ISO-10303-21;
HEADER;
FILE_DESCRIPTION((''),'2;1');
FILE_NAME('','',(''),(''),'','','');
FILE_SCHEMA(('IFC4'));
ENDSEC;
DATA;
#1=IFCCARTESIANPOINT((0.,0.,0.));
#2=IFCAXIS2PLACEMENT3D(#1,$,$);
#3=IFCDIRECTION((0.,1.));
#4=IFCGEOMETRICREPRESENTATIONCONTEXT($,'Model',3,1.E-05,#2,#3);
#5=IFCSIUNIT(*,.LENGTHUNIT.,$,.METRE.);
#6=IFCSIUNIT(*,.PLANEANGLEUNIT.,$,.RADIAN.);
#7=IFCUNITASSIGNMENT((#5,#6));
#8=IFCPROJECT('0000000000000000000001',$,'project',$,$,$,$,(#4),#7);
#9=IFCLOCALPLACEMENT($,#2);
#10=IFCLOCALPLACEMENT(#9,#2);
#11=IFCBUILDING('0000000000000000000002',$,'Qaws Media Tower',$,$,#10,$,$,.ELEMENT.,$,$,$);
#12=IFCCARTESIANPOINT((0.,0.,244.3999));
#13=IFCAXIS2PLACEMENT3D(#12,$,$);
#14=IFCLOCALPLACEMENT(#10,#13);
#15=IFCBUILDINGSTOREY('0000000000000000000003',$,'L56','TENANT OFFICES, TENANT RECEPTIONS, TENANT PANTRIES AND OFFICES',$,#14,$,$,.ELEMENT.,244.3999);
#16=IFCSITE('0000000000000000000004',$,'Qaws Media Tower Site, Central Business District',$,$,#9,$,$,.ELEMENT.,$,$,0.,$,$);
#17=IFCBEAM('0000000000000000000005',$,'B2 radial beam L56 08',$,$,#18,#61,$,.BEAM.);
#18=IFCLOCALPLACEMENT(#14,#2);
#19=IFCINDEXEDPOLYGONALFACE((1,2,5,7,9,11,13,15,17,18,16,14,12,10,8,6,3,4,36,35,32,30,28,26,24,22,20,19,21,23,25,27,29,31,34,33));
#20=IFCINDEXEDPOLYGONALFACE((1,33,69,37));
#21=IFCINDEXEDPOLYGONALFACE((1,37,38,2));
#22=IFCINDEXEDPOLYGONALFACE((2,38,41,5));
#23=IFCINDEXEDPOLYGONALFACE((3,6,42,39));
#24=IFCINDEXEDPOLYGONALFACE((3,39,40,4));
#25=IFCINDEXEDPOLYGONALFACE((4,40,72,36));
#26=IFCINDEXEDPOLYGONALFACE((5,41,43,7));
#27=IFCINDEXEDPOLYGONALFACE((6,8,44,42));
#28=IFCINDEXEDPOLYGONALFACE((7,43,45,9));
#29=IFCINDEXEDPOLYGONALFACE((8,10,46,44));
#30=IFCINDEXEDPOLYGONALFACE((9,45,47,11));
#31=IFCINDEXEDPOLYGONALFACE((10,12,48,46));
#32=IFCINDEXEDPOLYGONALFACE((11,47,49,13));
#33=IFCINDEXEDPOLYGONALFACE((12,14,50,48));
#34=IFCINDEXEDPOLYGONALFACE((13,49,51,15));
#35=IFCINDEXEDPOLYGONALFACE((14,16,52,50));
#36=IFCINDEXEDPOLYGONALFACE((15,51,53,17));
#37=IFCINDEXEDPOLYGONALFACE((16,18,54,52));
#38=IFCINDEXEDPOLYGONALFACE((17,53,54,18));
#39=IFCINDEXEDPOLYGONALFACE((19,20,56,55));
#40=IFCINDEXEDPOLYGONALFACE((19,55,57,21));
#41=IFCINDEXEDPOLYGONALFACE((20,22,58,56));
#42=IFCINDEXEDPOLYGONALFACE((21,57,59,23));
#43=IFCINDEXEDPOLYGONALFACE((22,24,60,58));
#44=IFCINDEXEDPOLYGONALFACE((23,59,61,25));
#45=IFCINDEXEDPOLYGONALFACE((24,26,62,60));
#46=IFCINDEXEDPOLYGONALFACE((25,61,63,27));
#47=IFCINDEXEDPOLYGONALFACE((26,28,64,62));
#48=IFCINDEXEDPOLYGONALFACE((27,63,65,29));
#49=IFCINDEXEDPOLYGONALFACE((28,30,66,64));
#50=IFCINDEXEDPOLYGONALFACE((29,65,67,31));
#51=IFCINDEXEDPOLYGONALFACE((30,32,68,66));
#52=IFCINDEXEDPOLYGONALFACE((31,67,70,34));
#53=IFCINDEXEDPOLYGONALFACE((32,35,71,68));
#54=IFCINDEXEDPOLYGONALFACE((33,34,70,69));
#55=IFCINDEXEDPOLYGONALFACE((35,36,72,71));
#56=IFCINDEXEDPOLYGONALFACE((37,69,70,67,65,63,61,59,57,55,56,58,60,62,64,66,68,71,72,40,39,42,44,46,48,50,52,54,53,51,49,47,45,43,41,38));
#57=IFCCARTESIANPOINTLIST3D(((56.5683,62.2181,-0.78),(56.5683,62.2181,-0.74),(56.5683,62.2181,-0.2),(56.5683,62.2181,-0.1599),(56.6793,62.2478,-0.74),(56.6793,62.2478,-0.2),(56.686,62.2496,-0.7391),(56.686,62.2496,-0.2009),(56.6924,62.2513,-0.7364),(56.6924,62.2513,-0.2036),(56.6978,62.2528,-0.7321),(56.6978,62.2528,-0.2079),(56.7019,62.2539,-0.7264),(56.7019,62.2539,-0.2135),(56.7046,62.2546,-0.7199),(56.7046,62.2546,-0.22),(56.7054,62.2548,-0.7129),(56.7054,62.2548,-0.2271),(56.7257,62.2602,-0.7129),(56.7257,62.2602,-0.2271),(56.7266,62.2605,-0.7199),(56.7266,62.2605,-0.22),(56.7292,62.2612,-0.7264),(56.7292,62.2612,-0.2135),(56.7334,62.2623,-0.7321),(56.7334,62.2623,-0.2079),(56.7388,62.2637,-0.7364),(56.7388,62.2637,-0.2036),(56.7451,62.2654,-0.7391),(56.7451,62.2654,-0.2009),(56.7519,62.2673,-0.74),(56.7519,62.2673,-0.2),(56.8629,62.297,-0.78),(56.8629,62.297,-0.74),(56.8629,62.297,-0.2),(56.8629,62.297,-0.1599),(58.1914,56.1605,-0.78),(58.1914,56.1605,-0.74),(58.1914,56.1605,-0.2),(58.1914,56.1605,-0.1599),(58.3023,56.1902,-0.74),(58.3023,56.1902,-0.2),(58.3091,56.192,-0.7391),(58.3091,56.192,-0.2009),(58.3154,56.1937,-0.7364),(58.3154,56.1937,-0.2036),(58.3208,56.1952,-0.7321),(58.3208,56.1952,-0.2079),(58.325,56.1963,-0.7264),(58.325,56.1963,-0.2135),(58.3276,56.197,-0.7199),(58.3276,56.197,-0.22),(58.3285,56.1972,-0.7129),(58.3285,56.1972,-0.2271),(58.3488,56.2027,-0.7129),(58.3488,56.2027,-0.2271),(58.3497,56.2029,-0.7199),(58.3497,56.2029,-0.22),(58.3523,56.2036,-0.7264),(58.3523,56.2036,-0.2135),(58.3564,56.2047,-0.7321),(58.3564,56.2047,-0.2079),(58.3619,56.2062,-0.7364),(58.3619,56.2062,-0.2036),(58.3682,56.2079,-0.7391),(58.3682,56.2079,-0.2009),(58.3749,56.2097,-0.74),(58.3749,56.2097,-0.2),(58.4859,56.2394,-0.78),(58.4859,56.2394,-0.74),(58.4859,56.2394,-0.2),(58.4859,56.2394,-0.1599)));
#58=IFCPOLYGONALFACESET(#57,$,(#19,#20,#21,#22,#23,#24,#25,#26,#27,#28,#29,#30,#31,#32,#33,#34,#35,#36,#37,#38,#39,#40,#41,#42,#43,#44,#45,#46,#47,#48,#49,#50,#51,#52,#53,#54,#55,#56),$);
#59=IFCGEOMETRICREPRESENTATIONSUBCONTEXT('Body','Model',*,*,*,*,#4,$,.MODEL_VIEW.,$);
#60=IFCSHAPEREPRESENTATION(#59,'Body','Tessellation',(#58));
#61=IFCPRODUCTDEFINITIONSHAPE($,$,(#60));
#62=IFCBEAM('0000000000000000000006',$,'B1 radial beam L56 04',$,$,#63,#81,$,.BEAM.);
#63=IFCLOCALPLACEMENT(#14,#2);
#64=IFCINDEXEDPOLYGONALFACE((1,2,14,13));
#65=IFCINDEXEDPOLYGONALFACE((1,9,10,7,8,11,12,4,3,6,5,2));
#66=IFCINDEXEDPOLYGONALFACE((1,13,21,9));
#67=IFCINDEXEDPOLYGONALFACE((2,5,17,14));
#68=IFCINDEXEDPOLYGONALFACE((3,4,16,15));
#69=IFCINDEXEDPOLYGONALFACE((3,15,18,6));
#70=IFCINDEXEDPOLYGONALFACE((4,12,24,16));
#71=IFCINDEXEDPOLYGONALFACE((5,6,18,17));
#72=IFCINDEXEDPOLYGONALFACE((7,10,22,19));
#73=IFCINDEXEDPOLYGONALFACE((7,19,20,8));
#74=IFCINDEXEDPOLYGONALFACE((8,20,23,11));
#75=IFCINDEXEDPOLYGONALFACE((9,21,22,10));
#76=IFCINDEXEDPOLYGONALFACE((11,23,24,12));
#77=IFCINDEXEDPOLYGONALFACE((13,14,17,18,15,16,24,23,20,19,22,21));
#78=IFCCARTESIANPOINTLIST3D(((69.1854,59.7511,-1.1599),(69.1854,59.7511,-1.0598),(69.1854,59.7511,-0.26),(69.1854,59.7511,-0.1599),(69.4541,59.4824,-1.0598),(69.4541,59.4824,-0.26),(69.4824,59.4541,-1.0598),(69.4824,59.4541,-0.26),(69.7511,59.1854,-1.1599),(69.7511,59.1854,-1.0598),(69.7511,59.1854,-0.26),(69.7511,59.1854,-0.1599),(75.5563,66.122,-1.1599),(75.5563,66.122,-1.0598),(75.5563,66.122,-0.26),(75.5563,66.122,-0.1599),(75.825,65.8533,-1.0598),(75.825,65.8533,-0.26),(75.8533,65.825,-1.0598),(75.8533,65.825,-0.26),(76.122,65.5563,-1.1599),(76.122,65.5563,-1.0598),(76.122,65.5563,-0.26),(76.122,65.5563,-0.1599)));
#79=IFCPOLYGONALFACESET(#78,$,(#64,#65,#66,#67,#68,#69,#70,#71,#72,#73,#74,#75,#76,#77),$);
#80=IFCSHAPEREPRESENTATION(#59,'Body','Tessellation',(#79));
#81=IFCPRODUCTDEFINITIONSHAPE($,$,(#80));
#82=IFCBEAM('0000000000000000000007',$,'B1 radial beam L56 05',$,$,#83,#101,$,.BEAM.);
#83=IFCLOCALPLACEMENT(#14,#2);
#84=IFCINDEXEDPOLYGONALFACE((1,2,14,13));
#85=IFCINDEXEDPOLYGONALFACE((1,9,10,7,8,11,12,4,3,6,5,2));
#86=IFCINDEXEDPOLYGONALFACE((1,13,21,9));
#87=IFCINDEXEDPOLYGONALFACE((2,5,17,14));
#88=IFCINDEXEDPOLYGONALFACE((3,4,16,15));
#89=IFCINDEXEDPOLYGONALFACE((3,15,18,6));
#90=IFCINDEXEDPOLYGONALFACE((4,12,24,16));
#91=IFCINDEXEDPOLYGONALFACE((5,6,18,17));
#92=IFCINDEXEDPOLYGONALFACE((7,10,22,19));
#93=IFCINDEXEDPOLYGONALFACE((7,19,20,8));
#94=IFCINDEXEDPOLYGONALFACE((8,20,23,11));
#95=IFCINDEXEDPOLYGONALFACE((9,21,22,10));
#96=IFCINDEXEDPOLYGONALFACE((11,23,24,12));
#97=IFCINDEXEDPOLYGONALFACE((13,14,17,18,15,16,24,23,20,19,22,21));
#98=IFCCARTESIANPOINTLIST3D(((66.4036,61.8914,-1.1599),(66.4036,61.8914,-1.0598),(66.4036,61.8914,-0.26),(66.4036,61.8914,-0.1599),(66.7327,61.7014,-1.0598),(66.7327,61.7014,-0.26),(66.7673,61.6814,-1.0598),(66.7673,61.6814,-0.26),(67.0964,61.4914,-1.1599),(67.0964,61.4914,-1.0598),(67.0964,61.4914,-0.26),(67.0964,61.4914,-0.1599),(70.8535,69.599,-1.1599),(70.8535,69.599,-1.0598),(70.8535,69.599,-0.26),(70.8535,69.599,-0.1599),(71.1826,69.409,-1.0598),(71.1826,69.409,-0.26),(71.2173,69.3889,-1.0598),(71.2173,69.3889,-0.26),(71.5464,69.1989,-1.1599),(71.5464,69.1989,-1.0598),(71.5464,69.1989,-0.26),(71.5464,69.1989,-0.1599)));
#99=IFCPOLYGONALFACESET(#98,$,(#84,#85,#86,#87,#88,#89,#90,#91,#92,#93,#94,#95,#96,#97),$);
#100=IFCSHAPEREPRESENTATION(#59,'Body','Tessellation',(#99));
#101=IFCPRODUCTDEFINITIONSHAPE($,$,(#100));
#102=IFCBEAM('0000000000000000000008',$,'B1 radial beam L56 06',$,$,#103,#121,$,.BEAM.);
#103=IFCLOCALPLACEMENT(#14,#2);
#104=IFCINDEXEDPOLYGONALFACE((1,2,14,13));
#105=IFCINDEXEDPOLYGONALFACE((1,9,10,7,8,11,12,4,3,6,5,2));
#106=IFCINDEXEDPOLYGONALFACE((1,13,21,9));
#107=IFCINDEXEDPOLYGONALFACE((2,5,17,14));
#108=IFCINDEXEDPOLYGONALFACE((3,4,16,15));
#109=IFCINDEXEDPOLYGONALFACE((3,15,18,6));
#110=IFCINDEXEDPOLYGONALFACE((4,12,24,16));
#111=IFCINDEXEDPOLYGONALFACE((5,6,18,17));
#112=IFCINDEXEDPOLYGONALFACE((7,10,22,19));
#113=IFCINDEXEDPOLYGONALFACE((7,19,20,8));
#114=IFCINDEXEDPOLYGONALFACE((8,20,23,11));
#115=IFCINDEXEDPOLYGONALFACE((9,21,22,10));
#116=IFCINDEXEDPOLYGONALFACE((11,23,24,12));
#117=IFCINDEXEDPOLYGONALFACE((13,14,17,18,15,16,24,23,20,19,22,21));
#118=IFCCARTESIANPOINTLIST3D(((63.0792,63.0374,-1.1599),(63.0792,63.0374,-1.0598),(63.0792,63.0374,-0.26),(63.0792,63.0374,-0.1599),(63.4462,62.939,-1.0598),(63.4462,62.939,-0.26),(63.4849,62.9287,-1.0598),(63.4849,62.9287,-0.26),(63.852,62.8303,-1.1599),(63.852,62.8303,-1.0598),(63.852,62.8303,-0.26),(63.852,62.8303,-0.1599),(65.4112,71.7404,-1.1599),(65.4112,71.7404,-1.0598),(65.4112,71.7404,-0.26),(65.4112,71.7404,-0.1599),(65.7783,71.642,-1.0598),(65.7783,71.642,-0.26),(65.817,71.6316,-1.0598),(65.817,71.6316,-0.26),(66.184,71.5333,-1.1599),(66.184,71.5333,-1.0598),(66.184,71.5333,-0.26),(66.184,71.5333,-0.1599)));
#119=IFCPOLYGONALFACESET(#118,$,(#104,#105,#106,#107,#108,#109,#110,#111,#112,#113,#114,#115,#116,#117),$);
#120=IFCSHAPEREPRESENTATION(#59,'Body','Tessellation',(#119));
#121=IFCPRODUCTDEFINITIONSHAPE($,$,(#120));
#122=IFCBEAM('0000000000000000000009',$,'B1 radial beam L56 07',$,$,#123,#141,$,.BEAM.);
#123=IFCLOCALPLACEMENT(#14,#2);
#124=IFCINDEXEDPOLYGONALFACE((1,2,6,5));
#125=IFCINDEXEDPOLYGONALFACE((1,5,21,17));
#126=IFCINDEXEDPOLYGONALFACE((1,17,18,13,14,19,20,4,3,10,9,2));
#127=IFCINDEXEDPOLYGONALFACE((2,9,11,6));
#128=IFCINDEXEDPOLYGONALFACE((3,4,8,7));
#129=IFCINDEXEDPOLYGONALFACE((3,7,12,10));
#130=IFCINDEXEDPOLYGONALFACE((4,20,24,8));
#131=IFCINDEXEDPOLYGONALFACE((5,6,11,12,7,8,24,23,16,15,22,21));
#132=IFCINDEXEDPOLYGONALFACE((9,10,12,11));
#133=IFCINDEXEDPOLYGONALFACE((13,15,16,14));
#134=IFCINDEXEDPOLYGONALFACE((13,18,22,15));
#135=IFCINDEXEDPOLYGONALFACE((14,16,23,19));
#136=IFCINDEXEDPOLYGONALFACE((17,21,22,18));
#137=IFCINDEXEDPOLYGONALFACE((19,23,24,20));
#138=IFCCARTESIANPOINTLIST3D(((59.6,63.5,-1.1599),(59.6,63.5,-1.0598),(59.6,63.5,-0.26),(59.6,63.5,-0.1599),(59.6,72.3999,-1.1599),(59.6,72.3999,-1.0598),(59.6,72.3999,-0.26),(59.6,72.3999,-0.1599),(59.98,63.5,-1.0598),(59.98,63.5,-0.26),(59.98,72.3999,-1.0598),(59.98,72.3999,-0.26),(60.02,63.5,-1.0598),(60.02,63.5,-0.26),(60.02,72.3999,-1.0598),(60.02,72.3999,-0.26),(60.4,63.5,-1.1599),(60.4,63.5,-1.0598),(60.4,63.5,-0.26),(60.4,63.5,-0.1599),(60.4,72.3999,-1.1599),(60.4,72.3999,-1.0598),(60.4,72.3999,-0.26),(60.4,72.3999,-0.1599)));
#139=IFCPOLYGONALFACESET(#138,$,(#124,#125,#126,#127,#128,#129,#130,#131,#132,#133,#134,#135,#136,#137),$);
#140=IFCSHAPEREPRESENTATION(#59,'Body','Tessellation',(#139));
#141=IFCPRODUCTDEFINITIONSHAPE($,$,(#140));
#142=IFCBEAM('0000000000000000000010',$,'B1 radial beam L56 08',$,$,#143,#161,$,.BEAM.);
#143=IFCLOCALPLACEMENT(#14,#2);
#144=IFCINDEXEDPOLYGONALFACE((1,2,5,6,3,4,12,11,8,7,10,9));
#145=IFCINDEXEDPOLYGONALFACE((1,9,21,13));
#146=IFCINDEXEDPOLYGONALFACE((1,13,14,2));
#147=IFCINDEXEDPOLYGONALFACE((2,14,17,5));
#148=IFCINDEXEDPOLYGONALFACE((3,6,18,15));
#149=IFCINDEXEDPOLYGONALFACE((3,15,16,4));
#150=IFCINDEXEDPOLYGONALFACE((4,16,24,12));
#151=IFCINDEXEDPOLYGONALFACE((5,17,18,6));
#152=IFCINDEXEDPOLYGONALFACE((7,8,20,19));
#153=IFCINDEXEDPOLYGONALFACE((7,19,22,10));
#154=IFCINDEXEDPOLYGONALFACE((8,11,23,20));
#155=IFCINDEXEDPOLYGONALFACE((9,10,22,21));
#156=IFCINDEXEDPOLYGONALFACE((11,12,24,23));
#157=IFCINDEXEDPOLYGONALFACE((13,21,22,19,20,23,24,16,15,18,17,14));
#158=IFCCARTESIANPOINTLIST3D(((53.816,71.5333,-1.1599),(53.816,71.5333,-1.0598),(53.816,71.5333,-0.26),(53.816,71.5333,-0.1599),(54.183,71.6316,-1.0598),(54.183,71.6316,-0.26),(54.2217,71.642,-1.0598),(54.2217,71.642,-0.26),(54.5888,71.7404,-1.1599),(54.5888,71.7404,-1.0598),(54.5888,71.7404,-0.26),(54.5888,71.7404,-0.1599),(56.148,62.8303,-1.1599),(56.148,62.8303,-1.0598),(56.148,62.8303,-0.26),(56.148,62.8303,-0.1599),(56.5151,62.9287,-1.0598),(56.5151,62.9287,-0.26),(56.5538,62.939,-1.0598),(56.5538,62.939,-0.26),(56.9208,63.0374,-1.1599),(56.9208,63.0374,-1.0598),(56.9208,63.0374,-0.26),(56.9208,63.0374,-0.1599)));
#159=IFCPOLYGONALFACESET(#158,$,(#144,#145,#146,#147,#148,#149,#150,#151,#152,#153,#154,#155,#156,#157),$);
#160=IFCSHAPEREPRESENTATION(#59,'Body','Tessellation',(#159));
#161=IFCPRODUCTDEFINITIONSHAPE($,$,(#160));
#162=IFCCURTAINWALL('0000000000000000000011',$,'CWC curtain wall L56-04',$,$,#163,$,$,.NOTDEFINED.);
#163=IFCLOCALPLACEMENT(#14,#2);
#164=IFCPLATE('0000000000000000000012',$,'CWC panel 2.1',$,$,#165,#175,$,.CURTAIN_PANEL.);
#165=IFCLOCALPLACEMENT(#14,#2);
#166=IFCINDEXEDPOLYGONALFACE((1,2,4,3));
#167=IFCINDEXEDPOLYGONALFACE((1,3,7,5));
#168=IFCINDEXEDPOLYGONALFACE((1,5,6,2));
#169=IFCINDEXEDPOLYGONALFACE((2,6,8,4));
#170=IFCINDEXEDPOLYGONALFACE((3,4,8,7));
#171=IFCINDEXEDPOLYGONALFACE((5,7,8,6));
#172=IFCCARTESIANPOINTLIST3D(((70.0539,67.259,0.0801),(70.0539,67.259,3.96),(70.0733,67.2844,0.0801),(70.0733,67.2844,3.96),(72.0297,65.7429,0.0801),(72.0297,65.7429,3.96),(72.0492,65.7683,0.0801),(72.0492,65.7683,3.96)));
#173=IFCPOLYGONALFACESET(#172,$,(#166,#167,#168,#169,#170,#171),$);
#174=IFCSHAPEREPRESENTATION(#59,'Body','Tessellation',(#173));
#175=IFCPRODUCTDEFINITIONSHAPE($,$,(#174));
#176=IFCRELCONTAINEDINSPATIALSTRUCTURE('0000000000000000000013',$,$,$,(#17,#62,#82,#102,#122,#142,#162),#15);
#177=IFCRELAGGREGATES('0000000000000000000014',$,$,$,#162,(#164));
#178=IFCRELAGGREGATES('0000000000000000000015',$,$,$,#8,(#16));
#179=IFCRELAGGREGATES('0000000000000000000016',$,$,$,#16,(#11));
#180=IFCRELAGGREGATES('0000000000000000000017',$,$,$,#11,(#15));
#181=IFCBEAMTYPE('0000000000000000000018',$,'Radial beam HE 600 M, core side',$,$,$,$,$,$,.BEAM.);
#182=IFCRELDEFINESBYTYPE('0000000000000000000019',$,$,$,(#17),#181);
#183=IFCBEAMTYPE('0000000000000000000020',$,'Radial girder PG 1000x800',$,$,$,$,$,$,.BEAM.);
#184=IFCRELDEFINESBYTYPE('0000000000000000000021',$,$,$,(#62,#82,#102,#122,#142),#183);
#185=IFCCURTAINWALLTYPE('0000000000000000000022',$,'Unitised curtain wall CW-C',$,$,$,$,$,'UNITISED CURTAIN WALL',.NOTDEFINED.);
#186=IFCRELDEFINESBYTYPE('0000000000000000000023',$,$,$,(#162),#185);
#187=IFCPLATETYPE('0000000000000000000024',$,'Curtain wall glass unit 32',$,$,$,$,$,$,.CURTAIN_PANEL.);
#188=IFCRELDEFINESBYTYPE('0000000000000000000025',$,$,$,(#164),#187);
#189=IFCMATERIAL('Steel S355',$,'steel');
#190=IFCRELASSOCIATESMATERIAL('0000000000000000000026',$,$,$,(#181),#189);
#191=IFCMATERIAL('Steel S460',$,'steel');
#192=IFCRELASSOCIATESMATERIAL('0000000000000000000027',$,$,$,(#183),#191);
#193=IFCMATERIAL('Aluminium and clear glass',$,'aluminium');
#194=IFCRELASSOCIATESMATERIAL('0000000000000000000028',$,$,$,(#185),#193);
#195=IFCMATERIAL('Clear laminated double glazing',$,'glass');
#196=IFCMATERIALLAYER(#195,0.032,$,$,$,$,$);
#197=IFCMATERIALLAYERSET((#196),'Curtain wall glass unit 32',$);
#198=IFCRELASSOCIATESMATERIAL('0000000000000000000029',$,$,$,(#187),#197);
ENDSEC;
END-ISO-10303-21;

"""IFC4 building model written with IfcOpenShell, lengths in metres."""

from ifc_helpers import new_model, si_unit, direction, frame, origin, origin_2d, place, context, subcontext, project, spatial, rectangle, i_section, extrude, material, layer, layer_set, material_profile, profile_set, type_object, element, aggregate, save


model = new_model("IFC4")

# Units and contexts
model_context = context("Model", 3, precision=1e-05, world=origin(), true_north=direction((0.0, 1.0)))
body_context = subcontext(model_context, "Body", "Model", "MODEL_VIEW")
ifc_project = project(units=[si_unit("LENGTHUNIT", "METRE"), si_unit("PLANEANGLEUNIT", "RADIAN")], contexts=[model_context])

# Site, building, storey
site_placement = place(None, origin())
site = spatial("IfcSite", under=ifc_project, at=site_placement, Name="Qaws Media Tower Site, Central Business District", CompositionType="ELEMENT", RefElevation=0.0)
building_placement = place(site_placement, origin())
building = spatial("IfcBuilding", under=site, at=building_placement, Name="Qaws Media Tower", CompositionType="ELEMENT")
storey_placement = place(building_placement, frame((0.0, 0.0, 244.3999)))
storey = spatial("IfcBuildingStorey", under=building, at=storey_placement, Name="L56", Description="TENANT OFFICES, TENANT RECEPTIONS, TENANT PANTRIES AND OFFICES", CompositionType="ELEMENT", Elevation=244.3999)

# Beams
ifc_material_1 = material(Name="Steel S355", Category="steel")
ifc_material_profile_1 = material_profile(ifc_material_1, i_section(OverallWidth=0.3049, OverallDepth=0.6201, WebThickness=0.021, FlangeThickness=0.04, FilletRadius=0.0271, at=origin_2d()), Name="HE 600 M")
ifc_profile_set_1 = profile_set([ifc_material_profile_1], Name="Steel S355")
beam_type_1 = type_object("IfcBeamType", Name="Radial beam HE 600 M, core side", PredefinedType="BEAM", material=ifc_profile_set_1)
beam_1_placement = place(storey_placement, frame((58.3386, 56.2, -0.47), z_axis=(-0.258806, 0.965929, 0.0), x_axis=(-0.965929, -0.258806, 0.0)))
element("IfcBeam", 1, at=beam_1_placement, inside=storey, type_object=beam_type_1, Name="B2 radial beam L56 08", PredefinedType="BEAM", context=body_context, shape_type="SweptSolid", body=[
    extrude(i_section(OverallWidth=0.3049, OverallDepth=0.6201, WebThickness=0.021, FlangeThickness=0.04, FilletRadius=0.0271, at=origin_2d()), origin(), (0.0, 0.0, 1.0), 6.2712),
])
ifc_material_2 = material(Name="Steel S460", Category="steel")
ifc_material_profile_2 = material_profile(ifc_material_2, i_section(OverallWidth=0.8, OverallDepth=1.0, WebThickness=0.04, FlangeThickness=0.1001, at=origin_2d()), Name="PG 1000x800")
ifc_profile_set_2 = profile_set([ifc_material_profile_2], Name="Steel S460")
beam_type_2 = type_object("IfcBeamType", Name="Radial girder PG 1000x800", PredefinedType="BEAM", material=ifc_profile_set_2)
beam_2_placement = place(storey_placement, frame((69.4683, 59.4683, -0.6599), z_axis=(0.707107, 0.707107, 0.0), x_axis=(-0.707107, 0.707107, 0.0)))
element("IfcBeam", 2, at=beam_2_placement, inside=storey, type_object=beam_type_2, Name="B1 radial beam L56 04", PredefinedType="BEAM", context=body_context, shape_type="SweptSolid", body=[
    extrude(i_section(OverallWidth=0.8, OverallDepth=1.0, WebThickness=0.04, FlangeThickness=0.1001, at=origin_2d()), origin(), (0.0, 0.0, 1.0), 9.0098),
])
beam_3_placement = place(storey_placement, frame((66.75, 61.6914, -0.6599), z_axis=(0.500001, 0.866025, 0.0), x_axis=(-0.866025, 0.500001, 0.0)))
element("IfcBeam", 3, at=beam_3_placement, inside=storey, type_object=beam_type_2, Name="B1 radial beam L56 05", PredefinedType="BEAM", context=body_context, shape_type="SweptSolid", body=[
    extrude(i_section(OverallWidth=0.8, OverallDepth=1.0, WebThickness=0.04, FlangeThickness=0.1001, at=origin_2d()), origin(), (0.0, 0.0, 1.0), 8.8999),
])
beam_4_placement = place(storey_placement, frame((63.4656, 62.9338, -0.6599), z_axis=(0.25883, 0.965923, 0.0), x_axis=(-0.965923, 0.25883, 0.0)))
element("IfcBeam", 4, at=beam_4_placement, inside=storey, type_object=beam_type_2, Name="B1 radial beam L56 06", PredefinedType="BEAM", context=body_context, shape_type="SweptSolid", body=[
    extrude(i_section(OverallWidth=0.8, OverallDepth=1.0, WebThickness=0.04, FlangeThickness=0.1001, at=origin_2d()), origin(), (0.0, 0.0, 1.0), 9.01),
])
beam_5_placement = place(storey_placement, frame((60.0, 63.5, -0.6599), z_axis=(0.0, 1.0, 0.0), x_axis=(-1.0, 0.0, 0.0)))
element("IfcBeam", 5, at=beam_5_placement, inside=storey, type_object=beam_type_2, Name="B1 radial beam L56 07", PredefinedType="BEAM", context=body_context, shape_type="SweptSolid", body=[
    extrude(i_section(OverallWidth=0.8, OverallDepth=1.0, WebThickness=0.04, FlangeThickness=0.1001, at=origin_2d()), origin(), (0.0, 0.0, 1.0), 8.8999),
])
beam_6_placement = place(storey_placement, frame((56.5344, 62.9338, -0.6599), z_axis=(-0.25883, 0.965923, 0.0), x_axis=(-0.965923, -0.25883, 0.0)))
element("IfcBeam", 6, at=beam_6_placement, inside=storey, type_object=beam_type_2, Name="B1 radial beam L56 08", PredefinedType="BEAM", context=body_context, shape_type="SweptSolid", body=[
    extrude(i_section(OverallWidth=0.8, OverallDepth=1.0, WebThickness=0.04, FlangeThickness=0.1001, at=origin_2d()), origin(), (0.0, 0.0, 1.0), 9.01),
])

# Curtain wall, plate
ifc_material_3 = material(Name="Aluminium and clear glass", Category="aluminium")
curtain_wall_type = type_object("IfcCurtainWallType", Name="Unitised curtain wall CW-C", ElementType="UNITISED CURTAIN WALL", PredefinedType="NOTDEFINED", material=ifc_material_3)
curtain_wall_placement = place(storey_placement, origin())
curtain_wall = element("IfcCurtainWall", 7, at=curtain_wall_placement, inside=storey, type_object=curtain_wall_type, Name="CWC curtain wall L56-04", PredefinedType="NOTDEFINED")
ifc_material_4 = material(Name="Clear laminated double glazing", Category="glass")
ifc_layer_1 = layer(ifc_material_4, 0.032)
ifc_layer_set_1 = layer_set([ifc_layer_1], Name="Curtain wall glass unit 32")
plate_type = type_object("IfcPlateType", Name="Curtain wall glass unit 32", PredefinedType="CURTAIN_PANEL", material=ifc_layer_set_1)
plate_placement = place(storey_placement, frame((71.0515, 66.5137, 0.0801), z_axis=(0.0, 0.0, 1.0), x_axis=(-0.793353, 0.608761, 0.0)))
plate = element("IfcPlate", 8, at=plate_placement, type_object=plate_type, Name="CWC panel 2.1", PredefinedType="CURTAIN_PANEL", context=body_context, shape_type="SweptSolid", body=[
    extrude(rectangle(XDim=2.4905, YDim=0.032, at=origin_2d()), origin(), (0.0, 0.0, 1.0), 3.8799),
])
aggregate(curtain_wall, [plate])

save(model, "model.ifc")
